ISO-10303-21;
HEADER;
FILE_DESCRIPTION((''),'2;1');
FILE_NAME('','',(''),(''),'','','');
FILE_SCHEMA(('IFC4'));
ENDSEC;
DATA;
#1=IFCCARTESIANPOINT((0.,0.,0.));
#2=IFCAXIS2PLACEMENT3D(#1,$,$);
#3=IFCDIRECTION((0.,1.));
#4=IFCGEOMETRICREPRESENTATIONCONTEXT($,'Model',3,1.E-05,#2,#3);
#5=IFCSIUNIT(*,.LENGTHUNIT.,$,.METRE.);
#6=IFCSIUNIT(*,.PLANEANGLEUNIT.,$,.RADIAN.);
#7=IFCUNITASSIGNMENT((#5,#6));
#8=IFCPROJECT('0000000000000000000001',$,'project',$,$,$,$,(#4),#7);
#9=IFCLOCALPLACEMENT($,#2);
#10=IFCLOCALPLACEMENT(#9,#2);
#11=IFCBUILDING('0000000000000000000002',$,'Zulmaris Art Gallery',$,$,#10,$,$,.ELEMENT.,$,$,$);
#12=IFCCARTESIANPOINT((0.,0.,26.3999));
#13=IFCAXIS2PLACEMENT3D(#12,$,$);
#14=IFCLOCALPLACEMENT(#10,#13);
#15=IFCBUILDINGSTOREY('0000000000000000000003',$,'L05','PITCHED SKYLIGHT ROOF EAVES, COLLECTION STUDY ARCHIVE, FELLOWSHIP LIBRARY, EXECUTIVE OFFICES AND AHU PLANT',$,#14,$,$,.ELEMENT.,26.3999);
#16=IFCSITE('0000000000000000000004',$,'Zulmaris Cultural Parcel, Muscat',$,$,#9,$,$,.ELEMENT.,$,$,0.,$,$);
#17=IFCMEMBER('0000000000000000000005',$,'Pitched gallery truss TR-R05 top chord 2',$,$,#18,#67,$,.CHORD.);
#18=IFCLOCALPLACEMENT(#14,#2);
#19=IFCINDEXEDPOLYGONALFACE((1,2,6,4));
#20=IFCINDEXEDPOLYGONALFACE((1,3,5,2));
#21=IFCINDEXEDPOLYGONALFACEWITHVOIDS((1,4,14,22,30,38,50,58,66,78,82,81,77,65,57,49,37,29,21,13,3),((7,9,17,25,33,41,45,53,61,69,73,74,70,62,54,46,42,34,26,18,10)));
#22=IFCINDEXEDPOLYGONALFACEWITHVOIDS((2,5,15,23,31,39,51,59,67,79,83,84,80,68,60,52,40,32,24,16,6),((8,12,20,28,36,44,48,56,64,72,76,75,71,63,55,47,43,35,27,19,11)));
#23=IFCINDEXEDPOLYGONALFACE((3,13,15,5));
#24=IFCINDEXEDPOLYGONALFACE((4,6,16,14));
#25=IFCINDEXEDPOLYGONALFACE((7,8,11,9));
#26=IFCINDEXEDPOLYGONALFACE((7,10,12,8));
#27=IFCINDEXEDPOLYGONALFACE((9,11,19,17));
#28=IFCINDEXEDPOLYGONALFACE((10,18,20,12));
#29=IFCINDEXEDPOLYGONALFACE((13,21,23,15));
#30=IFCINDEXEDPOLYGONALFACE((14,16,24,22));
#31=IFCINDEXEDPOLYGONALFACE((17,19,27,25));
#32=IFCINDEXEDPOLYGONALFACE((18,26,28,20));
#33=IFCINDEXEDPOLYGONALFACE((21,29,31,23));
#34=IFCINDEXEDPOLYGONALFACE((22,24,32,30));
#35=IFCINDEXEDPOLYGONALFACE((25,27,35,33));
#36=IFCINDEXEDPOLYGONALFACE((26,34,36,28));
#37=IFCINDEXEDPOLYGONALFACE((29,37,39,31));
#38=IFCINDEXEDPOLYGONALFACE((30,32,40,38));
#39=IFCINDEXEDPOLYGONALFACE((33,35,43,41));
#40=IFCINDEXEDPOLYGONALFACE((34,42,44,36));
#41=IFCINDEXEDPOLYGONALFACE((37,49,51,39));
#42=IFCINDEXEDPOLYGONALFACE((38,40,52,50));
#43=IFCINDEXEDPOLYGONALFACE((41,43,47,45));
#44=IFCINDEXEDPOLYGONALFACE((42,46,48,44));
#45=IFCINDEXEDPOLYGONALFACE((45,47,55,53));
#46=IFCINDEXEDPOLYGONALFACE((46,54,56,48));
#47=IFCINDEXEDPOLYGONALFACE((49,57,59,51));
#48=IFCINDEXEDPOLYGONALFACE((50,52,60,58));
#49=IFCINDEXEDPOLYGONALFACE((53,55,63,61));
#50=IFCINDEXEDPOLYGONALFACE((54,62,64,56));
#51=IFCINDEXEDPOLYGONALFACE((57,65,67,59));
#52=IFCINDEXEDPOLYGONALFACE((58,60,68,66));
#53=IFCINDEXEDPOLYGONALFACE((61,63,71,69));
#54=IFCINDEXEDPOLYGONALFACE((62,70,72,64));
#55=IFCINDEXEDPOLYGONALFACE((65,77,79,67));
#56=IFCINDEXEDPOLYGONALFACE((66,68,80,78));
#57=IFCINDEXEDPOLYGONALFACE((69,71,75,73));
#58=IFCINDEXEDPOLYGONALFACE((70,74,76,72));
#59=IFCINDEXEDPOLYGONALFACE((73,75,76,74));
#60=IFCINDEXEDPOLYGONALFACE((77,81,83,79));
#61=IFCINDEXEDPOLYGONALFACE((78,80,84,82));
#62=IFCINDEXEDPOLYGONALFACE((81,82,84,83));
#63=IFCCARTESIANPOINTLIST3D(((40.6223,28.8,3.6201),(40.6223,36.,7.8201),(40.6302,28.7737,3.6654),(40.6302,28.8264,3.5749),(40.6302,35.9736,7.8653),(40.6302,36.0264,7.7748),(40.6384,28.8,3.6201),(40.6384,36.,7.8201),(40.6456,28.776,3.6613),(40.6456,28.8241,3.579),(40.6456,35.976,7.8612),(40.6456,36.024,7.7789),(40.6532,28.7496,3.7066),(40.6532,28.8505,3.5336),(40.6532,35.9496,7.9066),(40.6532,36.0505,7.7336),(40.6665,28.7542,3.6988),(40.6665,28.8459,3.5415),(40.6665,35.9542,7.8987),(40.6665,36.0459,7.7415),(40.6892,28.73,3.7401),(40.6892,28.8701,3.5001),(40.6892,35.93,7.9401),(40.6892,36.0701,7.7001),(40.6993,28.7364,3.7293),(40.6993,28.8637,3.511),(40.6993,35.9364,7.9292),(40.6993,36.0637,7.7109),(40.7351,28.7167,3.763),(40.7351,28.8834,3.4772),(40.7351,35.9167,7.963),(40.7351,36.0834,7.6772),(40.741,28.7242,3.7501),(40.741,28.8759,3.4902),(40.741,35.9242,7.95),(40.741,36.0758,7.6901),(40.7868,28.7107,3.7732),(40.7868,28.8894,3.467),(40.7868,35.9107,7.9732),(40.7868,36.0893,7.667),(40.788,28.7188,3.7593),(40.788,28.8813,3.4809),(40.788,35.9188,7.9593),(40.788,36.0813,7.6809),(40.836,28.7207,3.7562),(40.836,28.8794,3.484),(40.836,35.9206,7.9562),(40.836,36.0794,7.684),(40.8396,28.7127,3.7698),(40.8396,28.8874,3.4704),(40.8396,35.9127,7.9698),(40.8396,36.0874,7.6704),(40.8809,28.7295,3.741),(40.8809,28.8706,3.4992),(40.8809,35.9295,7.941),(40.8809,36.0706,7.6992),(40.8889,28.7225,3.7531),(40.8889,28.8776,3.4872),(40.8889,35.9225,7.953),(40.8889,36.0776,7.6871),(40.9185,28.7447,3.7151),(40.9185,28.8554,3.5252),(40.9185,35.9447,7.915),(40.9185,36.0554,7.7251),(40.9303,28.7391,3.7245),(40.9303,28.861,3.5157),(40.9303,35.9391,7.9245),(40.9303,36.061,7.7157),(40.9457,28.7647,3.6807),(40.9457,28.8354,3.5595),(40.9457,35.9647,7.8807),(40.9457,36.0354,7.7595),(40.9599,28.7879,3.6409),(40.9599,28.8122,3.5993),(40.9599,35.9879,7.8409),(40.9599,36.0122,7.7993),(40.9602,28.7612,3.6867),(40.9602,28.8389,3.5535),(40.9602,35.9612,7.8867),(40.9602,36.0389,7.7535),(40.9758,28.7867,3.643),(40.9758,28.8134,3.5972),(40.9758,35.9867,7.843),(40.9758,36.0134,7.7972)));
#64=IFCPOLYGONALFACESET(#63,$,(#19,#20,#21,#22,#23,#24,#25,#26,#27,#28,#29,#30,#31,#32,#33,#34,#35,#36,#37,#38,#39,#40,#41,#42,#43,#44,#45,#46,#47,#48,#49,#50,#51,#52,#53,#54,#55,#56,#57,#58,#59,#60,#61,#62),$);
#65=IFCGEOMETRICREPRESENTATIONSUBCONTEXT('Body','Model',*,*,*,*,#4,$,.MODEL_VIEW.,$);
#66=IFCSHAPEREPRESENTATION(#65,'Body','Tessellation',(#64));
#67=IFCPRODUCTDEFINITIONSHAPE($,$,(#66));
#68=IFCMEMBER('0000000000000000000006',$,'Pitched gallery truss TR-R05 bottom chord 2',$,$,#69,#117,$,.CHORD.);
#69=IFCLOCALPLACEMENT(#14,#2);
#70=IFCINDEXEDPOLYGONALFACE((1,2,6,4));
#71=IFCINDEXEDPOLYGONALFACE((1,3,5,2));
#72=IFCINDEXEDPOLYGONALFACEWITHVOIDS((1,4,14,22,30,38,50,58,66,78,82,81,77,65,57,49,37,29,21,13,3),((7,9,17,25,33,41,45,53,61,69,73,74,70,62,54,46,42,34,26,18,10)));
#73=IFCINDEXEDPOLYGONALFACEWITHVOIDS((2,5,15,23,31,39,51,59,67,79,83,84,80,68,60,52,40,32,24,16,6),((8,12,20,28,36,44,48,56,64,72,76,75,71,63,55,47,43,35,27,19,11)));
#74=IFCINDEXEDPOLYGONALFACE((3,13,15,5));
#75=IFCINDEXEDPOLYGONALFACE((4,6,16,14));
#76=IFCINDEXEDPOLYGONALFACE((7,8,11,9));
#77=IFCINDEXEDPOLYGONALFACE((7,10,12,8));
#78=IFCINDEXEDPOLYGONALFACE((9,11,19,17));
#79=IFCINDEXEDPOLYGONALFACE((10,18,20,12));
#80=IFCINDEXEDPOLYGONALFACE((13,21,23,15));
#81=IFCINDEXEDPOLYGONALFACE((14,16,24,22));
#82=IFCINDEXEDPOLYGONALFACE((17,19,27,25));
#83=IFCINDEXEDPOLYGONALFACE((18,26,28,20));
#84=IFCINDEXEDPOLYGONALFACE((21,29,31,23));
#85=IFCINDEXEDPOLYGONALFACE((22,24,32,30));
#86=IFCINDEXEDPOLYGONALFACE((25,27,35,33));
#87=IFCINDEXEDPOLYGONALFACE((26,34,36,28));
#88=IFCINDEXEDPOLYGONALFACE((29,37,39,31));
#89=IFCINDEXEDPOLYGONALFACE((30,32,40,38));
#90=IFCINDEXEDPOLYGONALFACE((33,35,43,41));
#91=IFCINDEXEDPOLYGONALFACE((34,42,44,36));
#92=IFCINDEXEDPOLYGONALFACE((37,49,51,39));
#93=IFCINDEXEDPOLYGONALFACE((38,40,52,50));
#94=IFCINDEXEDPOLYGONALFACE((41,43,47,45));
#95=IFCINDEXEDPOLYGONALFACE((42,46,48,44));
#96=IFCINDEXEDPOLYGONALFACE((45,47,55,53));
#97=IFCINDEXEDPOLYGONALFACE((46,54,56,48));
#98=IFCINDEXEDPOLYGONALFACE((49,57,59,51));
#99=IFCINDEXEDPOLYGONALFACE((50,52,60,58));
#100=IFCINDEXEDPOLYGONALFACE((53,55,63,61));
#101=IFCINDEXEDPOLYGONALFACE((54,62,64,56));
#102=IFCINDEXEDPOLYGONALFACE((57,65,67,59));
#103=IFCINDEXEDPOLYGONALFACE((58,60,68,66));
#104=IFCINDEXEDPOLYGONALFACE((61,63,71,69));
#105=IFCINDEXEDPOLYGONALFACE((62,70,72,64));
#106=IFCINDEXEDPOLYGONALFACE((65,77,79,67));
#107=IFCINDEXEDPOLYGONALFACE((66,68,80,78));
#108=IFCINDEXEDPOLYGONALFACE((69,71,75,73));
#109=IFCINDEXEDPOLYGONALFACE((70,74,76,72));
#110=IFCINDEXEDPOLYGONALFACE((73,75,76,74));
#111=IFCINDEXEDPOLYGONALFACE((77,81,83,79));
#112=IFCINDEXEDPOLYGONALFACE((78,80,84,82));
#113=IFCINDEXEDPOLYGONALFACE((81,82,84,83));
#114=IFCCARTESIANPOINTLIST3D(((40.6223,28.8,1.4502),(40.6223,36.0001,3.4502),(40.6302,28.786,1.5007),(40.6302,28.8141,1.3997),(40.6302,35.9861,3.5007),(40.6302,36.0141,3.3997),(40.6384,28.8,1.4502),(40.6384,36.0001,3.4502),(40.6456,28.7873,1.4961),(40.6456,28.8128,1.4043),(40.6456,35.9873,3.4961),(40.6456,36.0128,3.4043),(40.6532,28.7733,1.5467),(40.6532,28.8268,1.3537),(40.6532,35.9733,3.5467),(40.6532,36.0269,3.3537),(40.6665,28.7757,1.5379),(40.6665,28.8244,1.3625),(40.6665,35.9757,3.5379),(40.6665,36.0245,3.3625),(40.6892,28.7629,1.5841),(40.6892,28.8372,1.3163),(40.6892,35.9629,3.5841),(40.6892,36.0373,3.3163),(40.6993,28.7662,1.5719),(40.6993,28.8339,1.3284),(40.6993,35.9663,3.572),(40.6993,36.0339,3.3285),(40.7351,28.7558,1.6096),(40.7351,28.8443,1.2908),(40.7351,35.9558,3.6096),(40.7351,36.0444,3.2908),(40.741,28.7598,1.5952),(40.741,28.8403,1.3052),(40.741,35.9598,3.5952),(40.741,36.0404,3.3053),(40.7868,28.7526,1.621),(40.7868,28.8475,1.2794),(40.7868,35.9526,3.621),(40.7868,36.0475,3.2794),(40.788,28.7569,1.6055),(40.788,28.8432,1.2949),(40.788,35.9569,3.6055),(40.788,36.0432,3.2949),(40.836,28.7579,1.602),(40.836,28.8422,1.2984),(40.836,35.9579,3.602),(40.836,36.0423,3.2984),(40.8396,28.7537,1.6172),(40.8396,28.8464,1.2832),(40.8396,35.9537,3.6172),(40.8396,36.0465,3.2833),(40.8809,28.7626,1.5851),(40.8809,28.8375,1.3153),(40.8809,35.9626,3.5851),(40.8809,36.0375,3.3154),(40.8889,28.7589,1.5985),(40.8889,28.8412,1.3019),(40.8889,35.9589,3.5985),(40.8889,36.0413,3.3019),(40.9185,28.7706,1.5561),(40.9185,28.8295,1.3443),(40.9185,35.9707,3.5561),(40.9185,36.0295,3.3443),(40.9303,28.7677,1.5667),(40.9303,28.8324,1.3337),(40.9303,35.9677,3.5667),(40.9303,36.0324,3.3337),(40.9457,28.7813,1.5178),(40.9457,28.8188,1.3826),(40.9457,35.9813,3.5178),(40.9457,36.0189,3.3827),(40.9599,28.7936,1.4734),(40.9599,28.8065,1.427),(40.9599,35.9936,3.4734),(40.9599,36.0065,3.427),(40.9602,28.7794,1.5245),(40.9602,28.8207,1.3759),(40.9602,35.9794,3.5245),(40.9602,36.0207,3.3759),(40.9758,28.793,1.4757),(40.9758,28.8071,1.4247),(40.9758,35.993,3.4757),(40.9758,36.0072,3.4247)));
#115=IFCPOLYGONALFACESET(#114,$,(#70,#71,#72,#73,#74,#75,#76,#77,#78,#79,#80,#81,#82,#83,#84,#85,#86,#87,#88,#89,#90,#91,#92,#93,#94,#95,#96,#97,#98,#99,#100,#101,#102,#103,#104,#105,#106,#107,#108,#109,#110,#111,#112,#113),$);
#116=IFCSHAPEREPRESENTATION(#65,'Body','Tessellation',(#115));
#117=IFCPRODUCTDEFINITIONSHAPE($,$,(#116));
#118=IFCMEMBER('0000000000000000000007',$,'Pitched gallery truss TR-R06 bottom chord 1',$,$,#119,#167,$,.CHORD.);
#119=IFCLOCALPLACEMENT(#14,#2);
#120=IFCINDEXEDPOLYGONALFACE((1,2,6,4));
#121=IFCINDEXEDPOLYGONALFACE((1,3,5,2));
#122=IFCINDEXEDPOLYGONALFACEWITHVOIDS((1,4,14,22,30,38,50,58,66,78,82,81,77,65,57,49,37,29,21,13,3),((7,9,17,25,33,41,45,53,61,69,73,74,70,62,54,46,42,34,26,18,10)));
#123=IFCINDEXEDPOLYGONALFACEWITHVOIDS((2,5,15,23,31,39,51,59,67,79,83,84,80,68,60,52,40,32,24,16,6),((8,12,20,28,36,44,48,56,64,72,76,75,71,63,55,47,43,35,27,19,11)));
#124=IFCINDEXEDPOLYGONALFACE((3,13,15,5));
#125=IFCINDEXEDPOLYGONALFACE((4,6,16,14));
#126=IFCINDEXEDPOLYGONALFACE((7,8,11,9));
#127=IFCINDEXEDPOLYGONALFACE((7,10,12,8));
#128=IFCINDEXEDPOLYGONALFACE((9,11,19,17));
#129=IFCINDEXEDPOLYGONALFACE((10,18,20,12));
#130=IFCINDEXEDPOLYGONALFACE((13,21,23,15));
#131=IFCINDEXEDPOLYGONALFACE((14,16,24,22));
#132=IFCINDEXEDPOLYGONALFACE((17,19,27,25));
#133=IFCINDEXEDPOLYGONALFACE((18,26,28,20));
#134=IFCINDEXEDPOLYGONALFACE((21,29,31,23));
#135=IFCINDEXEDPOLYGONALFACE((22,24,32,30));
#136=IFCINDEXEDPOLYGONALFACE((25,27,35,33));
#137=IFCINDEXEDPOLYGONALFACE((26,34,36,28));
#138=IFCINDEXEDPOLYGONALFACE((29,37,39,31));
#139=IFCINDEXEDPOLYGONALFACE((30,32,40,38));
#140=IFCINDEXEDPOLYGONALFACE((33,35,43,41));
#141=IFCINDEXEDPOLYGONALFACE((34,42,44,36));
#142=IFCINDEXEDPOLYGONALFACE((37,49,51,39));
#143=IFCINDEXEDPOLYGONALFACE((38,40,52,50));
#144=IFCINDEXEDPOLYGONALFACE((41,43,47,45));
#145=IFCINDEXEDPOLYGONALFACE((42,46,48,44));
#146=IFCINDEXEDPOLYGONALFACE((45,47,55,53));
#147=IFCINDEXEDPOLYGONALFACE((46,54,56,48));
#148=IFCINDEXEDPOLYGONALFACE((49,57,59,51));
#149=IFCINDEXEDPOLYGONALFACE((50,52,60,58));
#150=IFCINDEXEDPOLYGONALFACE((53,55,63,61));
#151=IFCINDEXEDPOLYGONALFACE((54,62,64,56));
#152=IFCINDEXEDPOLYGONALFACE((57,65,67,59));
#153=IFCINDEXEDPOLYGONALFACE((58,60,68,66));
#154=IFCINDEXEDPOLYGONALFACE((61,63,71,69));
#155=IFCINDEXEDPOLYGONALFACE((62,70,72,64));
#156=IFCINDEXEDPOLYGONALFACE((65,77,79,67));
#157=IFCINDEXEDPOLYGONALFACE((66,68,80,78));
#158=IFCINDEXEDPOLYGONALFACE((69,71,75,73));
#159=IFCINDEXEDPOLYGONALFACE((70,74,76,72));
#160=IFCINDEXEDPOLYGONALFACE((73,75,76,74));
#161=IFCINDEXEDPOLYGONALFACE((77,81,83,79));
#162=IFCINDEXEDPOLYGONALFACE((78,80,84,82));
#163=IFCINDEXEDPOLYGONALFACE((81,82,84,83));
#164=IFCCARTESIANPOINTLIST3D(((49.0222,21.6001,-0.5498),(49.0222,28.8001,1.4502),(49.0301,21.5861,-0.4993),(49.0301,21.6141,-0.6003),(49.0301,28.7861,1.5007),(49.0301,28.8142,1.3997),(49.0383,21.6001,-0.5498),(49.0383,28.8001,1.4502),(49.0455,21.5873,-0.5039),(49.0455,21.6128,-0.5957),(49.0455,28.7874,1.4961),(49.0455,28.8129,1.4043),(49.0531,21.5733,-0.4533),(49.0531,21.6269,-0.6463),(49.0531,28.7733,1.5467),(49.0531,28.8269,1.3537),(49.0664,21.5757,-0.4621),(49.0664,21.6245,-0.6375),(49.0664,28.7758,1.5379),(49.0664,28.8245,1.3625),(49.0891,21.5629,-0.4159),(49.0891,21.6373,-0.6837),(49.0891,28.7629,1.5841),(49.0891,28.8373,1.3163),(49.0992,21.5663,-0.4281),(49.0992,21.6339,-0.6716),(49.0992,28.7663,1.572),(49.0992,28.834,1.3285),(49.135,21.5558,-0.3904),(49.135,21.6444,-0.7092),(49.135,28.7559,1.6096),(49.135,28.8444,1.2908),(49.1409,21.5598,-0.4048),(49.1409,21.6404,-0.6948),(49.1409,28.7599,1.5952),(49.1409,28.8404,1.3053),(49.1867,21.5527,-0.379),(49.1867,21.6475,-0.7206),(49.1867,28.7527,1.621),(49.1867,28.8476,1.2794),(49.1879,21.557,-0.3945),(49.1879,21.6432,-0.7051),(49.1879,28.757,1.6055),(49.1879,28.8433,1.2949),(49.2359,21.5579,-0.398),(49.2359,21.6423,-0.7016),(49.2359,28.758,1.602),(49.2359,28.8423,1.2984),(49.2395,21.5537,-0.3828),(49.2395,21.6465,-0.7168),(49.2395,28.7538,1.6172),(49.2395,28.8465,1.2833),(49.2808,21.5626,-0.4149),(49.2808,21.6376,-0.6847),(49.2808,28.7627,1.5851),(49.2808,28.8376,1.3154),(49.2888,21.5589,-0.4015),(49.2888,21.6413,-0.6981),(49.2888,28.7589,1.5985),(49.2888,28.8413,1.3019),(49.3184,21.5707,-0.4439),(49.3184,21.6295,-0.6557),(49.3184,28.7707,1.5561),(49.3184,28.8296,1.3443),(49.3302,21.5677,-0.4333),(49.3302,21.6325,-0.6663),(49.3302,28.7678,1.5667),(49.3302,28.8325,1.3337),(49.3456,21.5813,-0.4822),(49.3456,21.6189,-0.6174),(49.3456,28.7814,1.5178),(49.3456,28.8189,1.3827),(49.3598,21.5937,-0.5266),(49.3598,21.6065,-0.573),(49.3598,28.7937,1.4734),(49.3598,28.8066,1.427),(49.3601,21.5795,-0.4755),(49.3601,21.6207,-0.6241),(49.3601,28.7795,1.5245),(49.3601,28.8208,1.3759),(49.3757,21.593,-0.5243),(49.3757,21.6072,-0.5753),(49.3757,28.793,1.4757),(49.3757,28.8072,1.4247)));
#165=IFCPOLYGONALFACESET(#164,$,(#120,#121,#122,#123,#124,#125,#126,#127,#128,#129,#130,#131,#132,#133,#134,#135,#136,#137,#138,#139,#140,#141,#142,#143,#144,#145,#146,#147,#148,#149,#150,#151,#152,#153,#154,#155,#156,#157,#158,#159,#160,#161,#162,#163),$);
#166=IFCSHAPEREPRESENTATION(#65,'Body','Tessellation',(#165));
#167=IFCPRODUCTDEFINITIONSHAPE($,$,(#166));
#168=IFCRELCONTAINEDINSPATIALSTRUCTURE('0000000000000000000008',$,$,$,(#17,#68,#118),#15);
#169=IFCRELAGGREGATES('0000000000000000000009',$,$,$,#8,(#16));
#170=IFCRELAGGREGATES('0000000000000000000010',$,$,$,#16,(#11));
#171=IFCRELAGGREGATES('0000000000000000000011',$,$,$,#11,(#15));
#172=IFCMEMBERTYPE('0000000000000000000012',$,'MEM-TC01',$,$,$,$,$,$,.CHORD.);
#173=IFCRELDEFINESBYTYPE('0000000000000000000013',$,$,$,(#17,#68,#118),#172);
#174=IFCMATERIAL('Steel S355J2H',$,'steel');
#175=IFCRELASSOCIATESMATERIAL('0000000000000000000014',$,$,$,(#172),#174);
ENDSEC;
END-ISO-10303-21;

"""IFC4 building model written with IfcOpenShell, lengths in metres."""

from ifc_helpers import new_model, si_unit, direction, frame, origin, origin_2d, place, context, subcontext, project, spatial, hollow_circle, extrude, material, material_profile, profile_set, type_object, element, save


model = new_model("IFC4")

# Units and contexts
model_context = context("Model", 3, precision=1e-05, world=origin(), true_north=direction((0.0, 1.0)))
body_context = subcontext(model_context, "Body", "Model", "MODEL_VIEW")
ifc_project = project(units=[si_unit("LENGTHUNIT", "METRE"), si_unit("PLANEANGLEUNIT", "RADIAN")], contexts=[model_context])

# Site, building, storey
site_placement = place(None, origin())
site = spatial("IfcSite", under=ifc_project, at=site_placement, Name="Zulmaris Cultural Parcel, Muscat", CompositionType="ELEMENT", RefElevation=0.0)
building_placement = place(site_placement, origin())
building = spatial("IfcBuilding", under=site, at=building_placement, Name="Zulmaris Art Gallery", CompositionType="ELEMENT")
storey_placement = place(building_placement, frame((0.0, 0.0, 26.3999)))
storey = spatial("IfcBuildingStorey", under=building, at=storey_placement, Name="L05", Description="PITCHED SKYLIGHT ROOF EAVES, COLLECTION STUDY ARCHIVE, FELLOWSHIP LIBRARY, EXECUTIVE OFFICES AND AHU PLANT", CompositionType="ELEMENT", Elevation=26.3999)

# Members
ifc_material_1 = material(Name="Steel S355J2H", Category="steel")
ifc_material_profile_1 = material_profile(ifc_material_1, hollow_circle(Radius=0.1777, WallThickness=0.0161, at=origin_2d()), Name="CHS 355.6x16")
ifc_profile_set_1 = profile_set([ifc_material_profile_1], Name="Steel S355J2H")
member_type_1 = type_object("IfcMemberType", Name="MEM-TC01", PredefinedType="CHORD", material=ifc_profile_set_1)
member_1_placement = place(storey_placement, frame((40.8, 28.8, 3.6201), z_axis=(0.0, 0.86378, 0.503869), x_axis=(-1.0, 0.0, 0.0)))
element("IfcMember", 1, at=member_1_placement, inside=storey, type_object=member_type_1, Name="Pitched gallery truss TR-R05 top chord 2", PredefinedType="CHORD", context=body_context, shape_type="SweptSolid", body=[
    extrude(hollow_circle(Radius=0.1777, WallThickness=0.0161, at=origin_2d()), origin(), (0.0, 0.0, 1.0), 8.3354),
])
for number, where, z_axis, x_axis, name in (
    (2, (40.8, 28.8, 1.4502), (0.0, 0.963517, 0.267646), (-1.0, 0.0, 0.0), "Pitched gallery truss TR-R05 bottom chord 2"),
    (3, (49.2, 21.6001, -0.5498), (0.0, 0.963517, 0.267646), (-1.0, 0.0, 0.0), "Pitched gallery truss TR-R06 bottom chord 1"),
):
    element("IfcMember", number, at=place(storey_placement, frame(where, z_axis=z_axis, x_axis=x_axis)), inside=storey, type_object=member_type_1, Name=name, PredefinedType="CHORD", context=body_context, shape_type="SweptSolid", body=[
        extrude(hollow_circle(Radius=0.1777, WallThickness=0.0161, at=origin_2d()), origin(), (0.0, 0.0, 1.0), 7.4727),
    ])

save(model, "model.ifc")
